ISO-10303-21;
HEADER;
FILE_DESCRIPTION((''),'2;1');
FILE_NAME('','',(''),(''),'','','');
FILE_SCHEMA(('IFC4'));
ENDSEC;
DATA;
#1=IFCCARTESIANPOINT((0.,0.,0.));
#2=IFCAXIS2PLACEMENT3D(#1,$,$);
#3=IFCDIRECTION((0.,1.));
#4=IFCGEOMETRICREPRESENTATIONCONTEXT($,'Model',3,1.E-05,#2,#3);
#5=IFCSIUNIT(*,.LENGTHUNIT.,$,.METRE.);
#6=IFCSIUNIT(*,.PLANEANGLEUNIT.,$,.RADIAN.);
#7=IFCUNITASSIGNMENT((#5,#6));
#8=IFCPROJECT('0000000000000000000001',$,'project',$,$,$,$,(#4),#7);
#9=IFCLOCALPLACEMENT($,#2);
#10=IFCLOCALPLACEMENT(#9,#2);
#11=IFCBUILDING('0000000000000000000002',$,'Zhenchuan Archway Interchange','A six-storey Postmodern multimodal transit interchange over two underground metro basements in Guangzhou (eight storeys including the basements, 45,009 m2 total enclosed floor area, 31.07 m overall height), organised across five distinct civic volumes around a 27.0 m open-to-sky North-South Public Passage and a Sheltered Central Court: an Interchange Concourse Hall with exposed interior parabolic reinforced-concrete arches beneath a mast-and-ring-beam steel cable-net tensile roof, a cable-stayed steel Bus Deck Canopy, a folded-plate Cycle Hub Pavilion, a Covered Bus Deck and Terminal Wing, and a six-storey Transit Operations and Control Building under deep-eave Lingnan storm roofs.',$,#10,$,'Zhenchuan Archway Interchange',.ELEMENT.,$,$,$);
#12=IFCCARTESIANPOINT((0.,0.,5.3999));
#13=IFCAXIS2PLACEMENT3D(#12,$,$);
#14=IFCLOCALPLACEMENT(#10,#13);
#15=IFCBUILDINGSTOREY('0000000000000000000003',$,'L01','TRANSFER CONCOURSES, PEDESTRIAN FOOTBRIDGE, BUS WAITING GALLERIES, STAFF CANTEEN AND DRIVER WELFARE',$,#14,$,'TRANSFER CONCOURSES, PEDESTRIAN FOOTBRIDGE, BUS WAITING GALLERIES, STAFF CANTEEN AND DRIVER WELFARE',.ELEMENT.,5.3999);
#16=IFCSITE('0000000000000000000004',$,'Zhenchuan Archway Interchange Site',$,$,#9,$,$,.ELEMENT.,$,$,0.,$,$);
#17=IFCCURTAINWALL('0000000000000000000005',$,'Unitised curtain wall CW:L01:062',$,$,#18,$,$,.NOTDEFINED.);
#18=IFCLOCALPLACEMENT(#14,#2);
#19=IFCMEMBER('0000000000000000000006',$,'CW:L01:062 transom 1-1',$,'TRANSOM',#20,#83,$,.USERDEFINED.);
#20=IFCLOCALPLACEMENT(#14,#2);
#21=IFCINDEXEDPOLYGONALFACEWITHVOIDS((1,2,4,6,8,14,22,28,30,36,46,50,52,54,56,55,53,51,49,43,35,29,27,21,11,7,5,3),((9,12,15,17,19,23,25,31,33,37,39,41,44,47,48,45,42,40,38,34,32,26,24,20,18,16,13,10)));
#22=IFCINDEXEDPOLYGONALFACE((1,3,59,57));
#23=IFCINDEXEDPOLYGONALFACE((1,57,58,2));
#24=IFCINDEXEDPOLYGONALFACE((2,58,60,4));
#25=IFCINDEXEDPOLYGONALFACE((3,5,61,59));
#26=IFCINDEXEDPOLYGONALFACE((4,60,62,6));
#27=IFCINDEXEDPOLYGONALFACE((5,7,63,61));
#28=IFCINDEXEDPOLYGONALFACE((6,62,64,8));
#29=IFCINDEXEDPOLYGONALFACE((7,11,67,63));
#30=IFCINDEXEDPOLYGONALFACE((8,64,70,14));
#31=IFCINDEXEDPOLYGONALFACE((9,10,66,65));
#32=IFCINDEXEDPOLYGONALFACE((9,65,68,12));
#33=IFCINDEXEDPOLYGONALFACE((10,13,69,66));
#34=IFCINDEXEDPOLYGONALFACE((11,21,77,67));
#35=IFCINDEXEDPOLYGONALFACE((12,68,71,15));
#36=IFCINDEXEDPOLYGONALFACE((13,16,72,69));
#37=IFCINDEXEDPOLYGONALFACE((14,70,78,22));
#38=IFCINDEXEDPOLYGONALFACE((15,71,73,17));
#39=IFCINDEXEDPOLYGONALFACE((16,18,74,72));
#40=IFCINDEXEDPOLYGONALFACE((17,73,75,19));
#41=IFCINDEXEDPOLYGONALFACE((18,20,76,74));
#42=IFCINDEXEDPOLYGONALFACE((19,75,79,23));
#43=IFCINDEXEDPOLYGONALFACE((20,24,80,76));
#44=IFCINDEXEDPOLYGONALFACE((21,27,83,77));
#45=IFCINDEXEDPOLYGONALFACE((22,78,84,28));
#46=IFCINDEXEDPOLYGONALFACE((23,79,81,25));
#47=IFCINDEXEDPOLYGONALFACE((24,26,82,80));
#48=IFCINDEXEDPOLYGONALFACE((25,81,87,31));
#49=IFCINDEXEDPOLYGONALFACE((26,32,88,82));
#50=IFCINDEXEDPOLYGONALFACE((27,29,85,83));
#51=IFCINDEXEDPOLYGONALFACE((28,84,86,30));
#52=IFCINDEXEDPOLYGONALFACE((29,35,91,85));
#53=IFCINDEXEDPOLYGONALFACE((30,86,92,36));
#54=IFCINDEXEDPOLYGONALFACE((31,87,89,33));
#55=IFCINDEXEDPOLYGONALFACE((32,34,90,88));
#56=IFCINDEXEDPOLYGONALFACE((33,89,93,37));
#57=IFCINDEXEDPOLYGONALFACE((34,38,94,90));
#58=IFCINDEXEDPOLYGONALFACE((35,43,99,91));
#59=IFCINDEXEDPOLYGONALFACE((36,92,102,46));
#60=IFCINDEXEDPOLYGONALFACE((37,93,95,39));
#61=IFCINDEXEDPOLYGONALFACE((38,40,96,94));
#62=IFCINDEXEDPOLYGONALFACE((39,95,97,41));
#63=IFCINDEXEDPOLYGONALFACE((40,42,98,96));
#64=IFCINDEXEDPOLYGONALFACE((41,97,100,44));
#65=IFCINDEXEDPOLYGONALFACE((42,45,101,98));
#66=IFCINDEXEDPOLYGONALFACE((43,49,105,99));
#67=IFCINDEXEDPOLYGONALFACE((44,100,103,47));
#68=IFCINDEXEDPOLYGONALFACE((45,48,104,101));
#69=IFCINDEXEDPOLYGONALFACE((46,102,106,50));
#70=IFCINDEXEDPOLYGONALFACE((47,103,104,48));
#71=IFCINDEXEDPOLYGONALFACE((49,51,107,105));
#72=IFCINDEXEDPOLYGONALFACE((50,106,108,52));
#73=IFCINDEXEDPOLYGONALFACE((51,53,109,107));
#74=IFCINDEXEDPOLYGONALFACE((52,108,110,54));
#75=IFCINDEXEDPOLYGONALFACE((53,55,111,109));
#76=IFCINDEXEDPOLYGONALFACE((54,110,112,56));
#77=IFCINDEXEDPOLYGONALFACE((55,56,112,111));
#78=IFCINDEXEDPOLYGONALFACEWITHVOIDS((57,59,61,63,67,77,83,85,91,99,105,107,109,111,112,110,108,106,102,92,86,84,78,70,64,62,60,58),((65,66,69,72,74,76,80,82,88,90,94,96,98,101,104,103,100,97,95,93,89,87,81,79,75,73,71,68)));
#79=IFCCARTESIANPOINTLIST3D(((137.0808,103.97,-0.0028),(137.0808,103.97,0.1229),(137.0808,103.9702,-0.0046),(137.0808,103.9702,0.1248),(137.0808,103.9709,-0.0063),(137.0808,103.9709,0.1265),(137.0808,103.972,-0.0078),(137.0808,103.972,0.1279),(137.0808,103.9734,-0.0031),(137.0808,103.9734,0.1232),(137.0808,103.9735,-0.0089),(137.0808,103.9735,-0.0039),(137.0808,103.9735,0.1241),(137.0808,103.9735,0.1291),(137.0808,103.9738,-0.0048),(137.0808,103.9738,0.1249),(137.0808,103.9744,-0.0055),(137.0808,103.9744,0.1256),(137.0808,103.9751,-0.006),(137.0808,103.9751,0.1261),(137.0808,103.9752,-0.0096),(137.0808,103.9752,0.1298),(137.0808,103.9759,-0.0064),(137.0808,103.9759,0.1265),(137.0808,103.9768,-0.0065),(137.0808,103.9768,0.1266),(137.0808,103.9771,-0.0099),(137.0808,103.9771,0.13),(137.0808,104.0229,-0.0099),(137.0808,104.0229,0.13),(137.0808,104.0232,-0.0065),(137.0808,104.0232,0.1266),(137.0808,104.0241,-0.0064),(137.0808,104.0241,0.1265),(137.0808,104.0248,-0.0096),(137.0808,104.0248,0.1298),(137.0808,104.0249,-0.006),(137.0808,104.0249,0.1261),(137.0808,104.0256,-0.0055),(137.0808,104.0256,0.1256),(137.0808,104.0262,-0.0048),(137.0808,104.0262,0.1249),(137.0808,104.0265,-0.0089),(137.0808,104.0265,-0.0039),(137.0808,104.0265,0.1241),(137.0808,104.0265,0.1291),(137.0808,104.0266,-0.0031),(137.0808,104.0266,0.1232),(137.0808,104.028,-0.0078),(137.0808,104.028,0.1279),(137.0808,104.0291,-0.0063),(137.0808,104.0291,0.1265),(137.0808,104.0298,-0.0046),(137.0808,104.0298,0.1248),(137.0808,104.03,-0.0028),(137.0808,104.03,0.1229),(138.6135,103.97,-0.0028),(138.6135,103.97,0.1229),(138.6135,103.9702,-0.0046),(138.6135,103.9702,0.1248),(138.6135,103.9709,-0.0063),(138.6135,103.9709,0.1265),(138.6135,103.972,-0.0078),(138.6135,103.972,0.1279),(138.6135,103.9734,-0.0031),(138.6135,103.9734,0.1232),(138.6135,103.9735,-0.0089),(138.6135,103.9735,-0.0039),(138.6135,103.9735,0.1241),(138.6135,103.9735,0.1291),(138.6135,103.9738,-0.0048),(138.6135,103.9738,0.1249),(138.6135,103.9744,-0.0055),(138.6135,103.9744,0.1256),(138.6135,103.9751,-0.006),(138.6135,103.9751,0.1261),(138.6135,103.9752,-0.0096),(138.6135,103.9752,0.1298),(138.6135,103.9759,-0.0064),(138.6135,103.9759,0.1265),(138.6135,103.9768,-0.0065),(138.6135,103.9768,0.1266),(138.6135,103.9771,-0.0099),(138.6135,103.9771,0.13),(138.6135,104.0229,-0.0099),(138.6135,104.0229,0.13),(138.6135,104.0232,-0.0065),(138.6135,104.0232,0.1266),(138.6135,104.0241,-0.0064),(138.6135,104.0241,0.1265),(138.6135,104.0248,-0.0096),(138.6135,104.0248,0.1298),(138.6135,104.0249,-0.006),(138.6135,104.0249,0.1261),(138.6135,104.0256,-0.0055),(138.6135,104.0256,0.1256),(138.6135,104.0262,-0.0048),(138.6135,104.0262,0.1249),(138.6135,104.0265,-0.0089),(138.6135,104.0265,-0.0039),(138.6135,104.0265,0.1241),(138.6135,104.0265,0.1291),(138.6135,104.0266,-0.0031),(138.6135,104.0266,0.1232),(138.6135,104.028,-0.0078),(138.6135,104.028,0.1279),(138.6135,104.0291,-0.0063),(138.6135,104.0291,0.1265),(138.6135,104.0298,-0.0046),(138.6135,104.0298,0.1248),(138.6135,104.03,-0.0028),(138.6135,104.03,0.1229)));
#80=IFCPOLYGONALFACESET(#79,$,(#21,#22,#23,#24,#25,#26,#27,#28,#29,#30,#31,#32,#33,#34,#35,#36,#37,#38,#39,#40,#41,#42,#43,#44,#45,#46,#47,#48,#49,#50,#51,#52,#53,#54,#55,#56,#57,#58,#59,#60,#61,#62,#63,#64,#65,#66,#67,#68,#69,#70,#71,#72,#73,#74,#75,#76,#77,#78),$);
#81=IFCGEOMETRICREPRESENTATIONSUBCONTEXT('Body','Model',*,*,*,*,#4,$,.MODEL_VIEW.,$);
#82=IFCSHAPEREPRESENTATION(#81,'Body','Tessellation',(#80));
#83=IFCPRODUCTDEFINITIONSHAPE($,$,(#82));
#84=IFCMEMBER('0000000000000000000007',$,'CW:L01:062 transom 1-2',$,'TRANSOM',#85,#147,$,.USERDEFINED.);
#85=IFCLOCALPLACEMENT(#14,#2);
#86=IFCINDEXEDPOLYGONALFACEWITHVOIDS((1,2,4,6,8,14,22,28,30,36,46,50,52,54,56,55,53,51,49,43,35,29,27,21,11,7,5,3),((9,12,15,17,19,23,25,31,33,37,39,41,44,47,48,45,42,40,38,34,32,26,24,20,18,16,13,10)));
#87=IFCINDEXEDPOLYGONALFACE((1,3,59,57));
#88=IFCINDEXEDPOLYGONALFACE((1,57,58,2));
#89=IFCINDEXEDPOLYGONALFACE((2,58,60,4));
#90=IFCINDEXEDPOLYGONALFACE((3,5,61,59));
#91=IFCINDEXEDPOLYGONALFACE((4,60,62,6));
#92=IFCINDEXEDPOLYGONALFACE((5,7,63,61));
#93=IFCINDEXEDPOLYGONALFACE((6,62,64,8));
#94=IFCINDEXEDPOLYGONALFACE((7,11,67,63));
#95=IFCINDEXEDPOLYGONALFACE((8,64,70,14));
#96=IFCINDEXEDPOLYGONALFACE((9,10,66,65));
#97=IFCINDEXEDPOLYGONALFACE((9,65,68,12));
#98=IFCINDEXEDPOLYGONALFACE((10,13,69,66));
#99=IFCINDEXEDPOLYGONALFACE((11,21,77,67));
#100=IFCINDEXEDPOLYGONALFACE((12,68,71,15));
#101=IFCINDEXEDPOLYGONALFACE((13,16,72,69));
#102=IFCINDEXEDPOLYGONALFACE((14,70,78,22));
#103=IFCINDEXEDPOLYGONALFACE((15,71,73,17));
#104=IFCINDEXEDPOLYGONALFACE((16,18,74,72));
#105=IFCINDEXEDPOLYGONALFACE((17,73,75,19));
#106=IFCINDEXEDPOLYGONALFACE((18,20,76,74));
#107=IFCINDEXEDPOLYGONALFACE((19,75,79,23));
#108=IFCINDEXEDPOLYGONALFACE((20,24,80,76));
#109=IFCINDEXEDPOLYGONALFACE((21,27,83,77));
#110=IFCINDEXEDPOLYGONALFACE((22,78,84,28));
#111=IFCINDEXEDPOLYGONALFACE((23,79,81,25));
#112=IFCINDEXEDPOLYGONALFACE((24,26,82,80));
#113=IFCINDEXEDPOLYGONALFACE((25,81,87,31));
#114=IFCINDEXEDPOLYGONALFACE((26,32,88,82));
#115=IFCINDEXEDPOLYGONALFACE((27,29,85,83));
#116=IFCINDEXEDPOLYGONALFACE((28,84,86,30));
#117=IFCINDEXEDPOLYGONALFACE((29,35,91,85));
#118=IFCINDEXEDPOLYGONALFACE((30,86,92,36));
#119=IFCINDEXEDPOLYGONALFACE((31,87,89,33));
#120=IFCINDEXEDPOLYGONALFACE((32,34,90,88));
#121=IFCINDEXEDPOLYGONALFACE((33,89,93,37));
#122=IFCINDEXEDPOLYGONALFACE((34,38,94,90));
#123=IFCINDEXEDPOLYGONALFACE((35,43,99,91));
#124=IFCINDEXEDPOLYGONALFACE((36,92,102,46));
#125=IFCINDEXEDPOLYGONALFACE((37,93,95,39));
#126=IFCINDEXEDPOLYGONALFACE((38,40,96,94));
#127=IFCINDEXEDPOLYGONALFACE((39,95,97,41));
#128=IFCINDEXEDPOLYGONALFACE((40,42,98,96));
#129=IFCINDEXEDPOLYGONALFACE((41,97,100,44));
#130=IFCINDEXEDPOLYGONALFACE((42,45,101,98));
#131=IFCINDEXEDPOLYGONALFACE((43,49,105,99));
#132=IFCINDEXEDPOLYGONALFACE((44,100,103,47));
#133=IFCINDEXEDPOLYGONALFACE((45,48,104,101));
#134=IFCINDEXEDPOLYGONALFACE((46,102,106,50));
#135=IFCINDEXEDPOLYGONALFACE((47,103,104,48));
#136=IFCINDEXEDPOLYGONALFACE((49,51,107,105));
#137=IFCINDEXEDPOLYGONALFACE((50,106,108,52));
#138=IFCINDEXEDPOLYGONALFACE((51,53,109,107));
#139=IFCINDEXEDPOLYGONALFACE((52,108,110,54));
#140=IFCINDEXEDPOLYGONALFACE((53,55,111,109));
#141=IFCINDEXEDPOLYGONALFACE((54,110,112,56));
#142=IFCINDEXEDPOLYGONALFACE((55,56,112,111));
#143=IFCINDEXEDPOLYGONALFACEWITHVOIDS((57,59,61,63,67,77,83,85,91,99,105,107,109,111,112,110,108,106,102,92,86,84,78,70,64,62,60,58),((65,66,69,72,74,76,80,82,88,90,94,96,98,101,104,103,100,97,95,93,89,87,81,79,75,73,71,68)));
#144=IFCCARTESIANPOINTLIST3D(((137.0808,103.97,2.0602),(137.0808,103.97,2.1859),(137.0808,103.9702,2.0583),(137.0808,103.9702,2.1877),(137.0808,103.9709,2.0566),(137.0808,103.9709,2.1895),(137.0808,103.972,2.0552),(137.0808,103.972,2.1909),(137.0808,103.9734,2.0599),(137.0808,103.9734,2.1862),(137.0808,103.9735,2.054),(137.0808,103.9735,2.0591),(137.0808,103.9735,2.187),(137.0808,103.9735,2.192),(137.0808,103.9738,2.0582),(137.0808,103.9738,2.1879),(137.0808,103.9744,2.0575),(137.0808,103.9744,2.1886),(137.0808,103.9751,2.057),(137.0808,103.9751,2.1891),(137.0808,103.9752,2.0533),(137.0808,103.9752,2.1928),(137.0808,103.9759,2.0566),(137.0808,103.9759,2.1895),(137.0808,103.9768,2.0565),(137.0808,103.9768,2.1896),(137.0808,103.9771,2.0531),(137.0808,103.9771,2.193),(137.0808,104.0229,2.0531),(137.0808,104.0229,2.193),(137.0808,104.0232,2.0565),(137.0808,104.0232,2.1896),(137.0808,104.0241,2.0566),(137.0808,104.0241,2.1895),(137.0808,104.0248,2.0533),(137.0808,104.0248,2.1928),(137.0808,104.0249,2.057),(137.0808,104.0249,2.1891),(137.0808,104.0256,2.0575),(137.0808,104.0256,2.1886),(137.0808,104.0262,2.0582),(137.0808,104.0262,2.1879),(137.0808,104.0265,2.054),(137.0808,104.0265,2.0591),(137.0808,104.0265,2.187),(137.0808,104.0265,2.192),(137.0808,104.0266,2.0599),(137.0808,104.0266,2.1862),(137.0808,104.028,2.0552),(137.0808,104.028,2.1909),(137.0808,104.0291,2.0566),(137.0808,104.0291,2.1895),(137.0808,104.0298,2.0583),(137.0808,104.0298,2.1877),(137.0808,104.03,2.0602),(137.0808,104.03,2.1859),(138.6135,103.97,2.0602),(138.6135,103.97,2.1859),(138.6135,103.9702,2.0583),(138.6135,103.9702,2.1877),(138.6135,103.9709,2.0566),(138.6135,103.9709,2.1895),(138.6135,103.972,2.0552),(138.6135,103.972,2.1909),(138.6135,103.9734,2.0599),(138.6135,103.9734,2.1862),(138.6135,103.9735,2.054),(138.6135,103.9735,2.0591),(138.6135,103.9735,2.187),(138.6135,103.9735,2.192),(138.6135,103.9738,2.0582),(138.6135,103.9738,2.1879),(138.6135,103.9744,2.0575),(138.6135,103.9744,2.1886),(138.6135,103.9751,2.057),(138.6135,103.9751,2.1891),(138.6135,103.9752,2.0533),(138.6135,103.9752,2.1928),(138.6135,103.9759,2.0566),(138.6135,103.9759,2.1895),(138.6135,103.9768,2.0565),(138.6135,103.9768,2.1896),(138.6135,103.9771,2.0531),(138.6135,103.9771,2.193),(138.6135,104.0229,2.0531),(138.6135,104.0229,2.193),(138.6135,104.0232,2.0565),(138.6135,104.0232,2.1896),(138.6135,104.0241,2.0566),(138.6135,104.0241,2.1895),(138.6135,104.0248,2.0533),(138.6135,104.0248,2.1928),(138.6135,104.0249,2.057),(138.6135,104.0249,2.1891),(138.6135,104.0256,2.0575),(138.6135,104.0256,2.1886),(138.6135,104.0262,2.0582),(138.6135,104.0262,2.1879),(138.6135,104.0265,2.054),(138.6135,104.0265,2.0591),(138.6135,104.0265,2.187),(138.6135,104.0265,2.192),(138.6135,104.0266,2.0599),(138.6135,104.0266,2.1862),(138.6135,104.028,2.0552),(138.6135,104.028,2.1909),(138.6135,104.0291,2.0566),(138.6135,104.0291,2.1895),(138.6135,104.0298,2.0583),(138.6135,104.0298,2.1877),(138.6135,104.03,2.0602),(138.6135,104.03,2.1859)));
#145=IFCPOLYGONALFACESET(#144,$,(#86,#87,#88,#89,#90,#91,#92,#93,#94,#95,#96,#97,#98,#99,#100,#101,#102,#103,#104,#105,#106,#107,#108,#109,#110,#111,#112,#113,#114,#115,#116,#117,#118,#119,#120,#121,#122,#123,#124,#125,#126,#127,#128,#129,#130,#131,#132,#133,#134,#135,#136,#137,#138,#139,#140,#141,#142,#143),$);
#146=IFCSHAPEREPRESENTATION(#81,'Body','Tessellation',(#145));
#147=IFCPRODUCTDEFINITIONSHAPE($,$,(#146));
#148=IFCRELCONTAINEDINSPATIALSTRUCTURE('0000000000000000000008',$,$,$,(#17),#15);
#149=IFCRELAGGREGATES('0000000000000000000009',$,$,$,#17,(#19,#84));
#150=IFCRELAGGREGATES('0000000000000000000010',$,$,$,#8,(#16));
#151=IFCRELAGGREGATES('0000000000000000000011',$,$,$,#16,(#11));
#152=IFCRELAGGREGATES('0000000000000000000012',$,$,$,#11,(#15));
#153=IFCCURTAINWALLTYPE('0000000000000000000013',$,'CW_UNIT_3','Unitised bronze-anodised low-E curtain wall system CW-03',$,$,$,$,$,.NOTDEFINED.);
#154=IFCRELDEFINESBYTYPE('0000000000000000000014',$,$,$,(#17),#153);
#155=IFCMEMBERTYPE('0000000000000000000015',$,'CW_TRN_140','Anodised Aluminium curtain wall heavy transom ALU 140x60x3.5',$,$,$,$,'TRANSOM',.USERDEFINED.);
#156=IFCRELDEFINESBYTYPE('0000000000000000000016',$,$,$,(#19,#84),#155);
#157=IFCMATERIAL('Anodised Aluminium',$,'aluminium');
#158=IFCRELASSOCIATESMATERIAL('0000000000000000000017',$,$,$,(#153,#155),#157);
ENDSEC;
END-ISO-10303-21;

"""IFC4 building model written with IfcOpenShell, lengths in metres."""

from ifc_helpers import new_model, si_unit, direction, frame, origin, origin_2d, place, context, subcontext, project, spatial, hollow_rectangle, extrude, material, material_profile, profile_set, type_object, element, aggregate, save


model = new_model("IFC4")

# Units and contexts
model_context = context("Model", 3, precision=1e-05, world=origin(), true_north=direction((0.0, 1.0)))
body_context = subcontext(model_context, "Body", "Model", "MODEL_VIEW")
ifc_project = project(units=[si_unit("LENGTHUNIT", "METRE"), si_unit("PLANEANGLEUNIT", "RADIAN")], contexts=[model_context])

# Site, building, storey
site_placement = place(None, origin())
site = spatial("IfcSite", under=ifc_project, at=site_placement, Name="Zhenchuan Archway Interchange Site", CompositionType="ELEMENT", RefElevation=0.0)
building_placement = place(site_placement, origin())
building = spatial("IfcBuilding", under=site, at=building_placement, Name="Zhenchuan Archway Interchange", Description="A six-storey Postmodern multimodal transit interchange over two underground metro basements in Guangzhou (eight storeys including the basements, 45,009 m2 total enclosed floor area, 31.07 m overall height), organised across five distinct civic volumes around a 27.0 m open-to-sky North-South Public Passage and a Sheltered Central Court: an Interchange Concourse Hall with exposed interior parabolic reinforced-concrete arches beneath a mast-and-ring-beam steel cable-net tensile roof, a cable-stayed steel Bus Deck Canopy, a folded-plate Cycle Hub Pavilion, a Covered Bus Deck and Terminal Wing, and a six-storey Transit Operations and Control Building under deep-eave Lingnan storm roofs.", LongName="Zhenchuan Archway Interchange", CompositionType="ELEMENT")
storey_placement = place(building_placement, frame((0.0, 0.0, 5.3999)))
storey = spatial("IfcBuildingStorey", under=building, at=storey_placement, Name="L01", Description="TRANSFER CONCOURSES, PEDESTRIAN FOOTBRIDGE, BUS WAITING GALLERIES, STAFF CANTEEN AND DRIVER WELFARE", LongName="TRANSFER CONCOURSES, PEDESTRIAN FOOTBRIDGE, BUS WAITING GALLERIES, STAFF CANTEEN AND DRIVER WELFARE", CompositionType="ELEMENT", Elevation=5.3999)

# Curtain wall
ifc_material_1 = material(Name="Anodised Aluminium", Category="aluminium")
curtain_wall_type_1 = type_object("IfcCurtainWallType", Name="CW_UNIT_3", Description="Unitised bronze-anodised low-E curtain wall system CW-03", PredefinedType="NOTDEFINED", material=ifc_material_1)
curtain_wall_1_placement = place(storey_placement, origin())
curtain_wall_1 = element("IfcCurtainWall", 1, at=curtain_wall_1_placement, inside=storey, type_object=curtain_wall_type_1, Name="Unitised curtain wall CW:L01:062", PredefinedType="NOTDEFINED")

# Members
ifc_material_profile_1 = material_profile(ifc_material_1, hollow_rectangle(XDim=0.0601, YDim=0.1399, WallThickness=0.0034, InnerFilletRadius=0.0034, OuterFilletRadius=0.0071, at=origin_2d()), Name="ALU 140x60x3.5")
ifc_profile_set_1 = profile_set([ifc_material_profile_1], Name="Anodised Aluminium")
member_type_1 = type_object("IfcMemberType", Name="CW_TRN_140", Description="Anodised Aluminium curtain wall heavy transom ALU 140x60x3.5", ElementType="TRANSOM", PredefinedType="USERDEFINED", material=ifc_profile_set_1)
member_1_placement = place(storey_placement, frame((137.0808, 104.0, 0.0601), z_axis=(1.0, 0.0, 0.0), x_axis=(0.0, 1.0, 0.0)))
member_1 = element("IfcMember", 2, at=member_1_placement, type_object=member_type_1, Name="CW:L01:062 transom 1-1", ObjectType="TRANSOM", PredefinedType="USERDEFINED", context=body_context, shape_type="SweptSolid", body=[
    extrude(hollow_rectangle(XDim=0.0601, YDim=0.1399, WallThickness=0.0034, InnerFilletRadius=0.0034, OuterFilletRadius=0.0071, at=origin_2d()), origin(), (0.0, 0.0, 1.0), 1.5327),
])
member_2_placement = place(storey_placement, frame((137.0808, 104.0, 2.123), z_axis=(1.0, 0.0, 0.0), x_axis=(0.0, 1.0, 0.0)))
member_2 = element("IfcMember", 3, at=member_2_placement, type_object=member_type_1, Name="CW:L01:062 transom 1-2", ObjectType="TRANSOM", PredefinedType="USERDEFINED", context=body_context, shape_type="SweptSolid", body=[
    extrude(hollow_rectangle(XDim=0.0601, YDim=0.1399, WallThickness=0.0034, InnerFilletRadius=0.0034, OuterFilletRadius=0.0071, at=origin_2d()), origin(), (0.0, 0.0, 1.0), 1.5327),
])

aggregate(curtain_wall_1, [member_1, member_2])

save(model, "model.ifc")
